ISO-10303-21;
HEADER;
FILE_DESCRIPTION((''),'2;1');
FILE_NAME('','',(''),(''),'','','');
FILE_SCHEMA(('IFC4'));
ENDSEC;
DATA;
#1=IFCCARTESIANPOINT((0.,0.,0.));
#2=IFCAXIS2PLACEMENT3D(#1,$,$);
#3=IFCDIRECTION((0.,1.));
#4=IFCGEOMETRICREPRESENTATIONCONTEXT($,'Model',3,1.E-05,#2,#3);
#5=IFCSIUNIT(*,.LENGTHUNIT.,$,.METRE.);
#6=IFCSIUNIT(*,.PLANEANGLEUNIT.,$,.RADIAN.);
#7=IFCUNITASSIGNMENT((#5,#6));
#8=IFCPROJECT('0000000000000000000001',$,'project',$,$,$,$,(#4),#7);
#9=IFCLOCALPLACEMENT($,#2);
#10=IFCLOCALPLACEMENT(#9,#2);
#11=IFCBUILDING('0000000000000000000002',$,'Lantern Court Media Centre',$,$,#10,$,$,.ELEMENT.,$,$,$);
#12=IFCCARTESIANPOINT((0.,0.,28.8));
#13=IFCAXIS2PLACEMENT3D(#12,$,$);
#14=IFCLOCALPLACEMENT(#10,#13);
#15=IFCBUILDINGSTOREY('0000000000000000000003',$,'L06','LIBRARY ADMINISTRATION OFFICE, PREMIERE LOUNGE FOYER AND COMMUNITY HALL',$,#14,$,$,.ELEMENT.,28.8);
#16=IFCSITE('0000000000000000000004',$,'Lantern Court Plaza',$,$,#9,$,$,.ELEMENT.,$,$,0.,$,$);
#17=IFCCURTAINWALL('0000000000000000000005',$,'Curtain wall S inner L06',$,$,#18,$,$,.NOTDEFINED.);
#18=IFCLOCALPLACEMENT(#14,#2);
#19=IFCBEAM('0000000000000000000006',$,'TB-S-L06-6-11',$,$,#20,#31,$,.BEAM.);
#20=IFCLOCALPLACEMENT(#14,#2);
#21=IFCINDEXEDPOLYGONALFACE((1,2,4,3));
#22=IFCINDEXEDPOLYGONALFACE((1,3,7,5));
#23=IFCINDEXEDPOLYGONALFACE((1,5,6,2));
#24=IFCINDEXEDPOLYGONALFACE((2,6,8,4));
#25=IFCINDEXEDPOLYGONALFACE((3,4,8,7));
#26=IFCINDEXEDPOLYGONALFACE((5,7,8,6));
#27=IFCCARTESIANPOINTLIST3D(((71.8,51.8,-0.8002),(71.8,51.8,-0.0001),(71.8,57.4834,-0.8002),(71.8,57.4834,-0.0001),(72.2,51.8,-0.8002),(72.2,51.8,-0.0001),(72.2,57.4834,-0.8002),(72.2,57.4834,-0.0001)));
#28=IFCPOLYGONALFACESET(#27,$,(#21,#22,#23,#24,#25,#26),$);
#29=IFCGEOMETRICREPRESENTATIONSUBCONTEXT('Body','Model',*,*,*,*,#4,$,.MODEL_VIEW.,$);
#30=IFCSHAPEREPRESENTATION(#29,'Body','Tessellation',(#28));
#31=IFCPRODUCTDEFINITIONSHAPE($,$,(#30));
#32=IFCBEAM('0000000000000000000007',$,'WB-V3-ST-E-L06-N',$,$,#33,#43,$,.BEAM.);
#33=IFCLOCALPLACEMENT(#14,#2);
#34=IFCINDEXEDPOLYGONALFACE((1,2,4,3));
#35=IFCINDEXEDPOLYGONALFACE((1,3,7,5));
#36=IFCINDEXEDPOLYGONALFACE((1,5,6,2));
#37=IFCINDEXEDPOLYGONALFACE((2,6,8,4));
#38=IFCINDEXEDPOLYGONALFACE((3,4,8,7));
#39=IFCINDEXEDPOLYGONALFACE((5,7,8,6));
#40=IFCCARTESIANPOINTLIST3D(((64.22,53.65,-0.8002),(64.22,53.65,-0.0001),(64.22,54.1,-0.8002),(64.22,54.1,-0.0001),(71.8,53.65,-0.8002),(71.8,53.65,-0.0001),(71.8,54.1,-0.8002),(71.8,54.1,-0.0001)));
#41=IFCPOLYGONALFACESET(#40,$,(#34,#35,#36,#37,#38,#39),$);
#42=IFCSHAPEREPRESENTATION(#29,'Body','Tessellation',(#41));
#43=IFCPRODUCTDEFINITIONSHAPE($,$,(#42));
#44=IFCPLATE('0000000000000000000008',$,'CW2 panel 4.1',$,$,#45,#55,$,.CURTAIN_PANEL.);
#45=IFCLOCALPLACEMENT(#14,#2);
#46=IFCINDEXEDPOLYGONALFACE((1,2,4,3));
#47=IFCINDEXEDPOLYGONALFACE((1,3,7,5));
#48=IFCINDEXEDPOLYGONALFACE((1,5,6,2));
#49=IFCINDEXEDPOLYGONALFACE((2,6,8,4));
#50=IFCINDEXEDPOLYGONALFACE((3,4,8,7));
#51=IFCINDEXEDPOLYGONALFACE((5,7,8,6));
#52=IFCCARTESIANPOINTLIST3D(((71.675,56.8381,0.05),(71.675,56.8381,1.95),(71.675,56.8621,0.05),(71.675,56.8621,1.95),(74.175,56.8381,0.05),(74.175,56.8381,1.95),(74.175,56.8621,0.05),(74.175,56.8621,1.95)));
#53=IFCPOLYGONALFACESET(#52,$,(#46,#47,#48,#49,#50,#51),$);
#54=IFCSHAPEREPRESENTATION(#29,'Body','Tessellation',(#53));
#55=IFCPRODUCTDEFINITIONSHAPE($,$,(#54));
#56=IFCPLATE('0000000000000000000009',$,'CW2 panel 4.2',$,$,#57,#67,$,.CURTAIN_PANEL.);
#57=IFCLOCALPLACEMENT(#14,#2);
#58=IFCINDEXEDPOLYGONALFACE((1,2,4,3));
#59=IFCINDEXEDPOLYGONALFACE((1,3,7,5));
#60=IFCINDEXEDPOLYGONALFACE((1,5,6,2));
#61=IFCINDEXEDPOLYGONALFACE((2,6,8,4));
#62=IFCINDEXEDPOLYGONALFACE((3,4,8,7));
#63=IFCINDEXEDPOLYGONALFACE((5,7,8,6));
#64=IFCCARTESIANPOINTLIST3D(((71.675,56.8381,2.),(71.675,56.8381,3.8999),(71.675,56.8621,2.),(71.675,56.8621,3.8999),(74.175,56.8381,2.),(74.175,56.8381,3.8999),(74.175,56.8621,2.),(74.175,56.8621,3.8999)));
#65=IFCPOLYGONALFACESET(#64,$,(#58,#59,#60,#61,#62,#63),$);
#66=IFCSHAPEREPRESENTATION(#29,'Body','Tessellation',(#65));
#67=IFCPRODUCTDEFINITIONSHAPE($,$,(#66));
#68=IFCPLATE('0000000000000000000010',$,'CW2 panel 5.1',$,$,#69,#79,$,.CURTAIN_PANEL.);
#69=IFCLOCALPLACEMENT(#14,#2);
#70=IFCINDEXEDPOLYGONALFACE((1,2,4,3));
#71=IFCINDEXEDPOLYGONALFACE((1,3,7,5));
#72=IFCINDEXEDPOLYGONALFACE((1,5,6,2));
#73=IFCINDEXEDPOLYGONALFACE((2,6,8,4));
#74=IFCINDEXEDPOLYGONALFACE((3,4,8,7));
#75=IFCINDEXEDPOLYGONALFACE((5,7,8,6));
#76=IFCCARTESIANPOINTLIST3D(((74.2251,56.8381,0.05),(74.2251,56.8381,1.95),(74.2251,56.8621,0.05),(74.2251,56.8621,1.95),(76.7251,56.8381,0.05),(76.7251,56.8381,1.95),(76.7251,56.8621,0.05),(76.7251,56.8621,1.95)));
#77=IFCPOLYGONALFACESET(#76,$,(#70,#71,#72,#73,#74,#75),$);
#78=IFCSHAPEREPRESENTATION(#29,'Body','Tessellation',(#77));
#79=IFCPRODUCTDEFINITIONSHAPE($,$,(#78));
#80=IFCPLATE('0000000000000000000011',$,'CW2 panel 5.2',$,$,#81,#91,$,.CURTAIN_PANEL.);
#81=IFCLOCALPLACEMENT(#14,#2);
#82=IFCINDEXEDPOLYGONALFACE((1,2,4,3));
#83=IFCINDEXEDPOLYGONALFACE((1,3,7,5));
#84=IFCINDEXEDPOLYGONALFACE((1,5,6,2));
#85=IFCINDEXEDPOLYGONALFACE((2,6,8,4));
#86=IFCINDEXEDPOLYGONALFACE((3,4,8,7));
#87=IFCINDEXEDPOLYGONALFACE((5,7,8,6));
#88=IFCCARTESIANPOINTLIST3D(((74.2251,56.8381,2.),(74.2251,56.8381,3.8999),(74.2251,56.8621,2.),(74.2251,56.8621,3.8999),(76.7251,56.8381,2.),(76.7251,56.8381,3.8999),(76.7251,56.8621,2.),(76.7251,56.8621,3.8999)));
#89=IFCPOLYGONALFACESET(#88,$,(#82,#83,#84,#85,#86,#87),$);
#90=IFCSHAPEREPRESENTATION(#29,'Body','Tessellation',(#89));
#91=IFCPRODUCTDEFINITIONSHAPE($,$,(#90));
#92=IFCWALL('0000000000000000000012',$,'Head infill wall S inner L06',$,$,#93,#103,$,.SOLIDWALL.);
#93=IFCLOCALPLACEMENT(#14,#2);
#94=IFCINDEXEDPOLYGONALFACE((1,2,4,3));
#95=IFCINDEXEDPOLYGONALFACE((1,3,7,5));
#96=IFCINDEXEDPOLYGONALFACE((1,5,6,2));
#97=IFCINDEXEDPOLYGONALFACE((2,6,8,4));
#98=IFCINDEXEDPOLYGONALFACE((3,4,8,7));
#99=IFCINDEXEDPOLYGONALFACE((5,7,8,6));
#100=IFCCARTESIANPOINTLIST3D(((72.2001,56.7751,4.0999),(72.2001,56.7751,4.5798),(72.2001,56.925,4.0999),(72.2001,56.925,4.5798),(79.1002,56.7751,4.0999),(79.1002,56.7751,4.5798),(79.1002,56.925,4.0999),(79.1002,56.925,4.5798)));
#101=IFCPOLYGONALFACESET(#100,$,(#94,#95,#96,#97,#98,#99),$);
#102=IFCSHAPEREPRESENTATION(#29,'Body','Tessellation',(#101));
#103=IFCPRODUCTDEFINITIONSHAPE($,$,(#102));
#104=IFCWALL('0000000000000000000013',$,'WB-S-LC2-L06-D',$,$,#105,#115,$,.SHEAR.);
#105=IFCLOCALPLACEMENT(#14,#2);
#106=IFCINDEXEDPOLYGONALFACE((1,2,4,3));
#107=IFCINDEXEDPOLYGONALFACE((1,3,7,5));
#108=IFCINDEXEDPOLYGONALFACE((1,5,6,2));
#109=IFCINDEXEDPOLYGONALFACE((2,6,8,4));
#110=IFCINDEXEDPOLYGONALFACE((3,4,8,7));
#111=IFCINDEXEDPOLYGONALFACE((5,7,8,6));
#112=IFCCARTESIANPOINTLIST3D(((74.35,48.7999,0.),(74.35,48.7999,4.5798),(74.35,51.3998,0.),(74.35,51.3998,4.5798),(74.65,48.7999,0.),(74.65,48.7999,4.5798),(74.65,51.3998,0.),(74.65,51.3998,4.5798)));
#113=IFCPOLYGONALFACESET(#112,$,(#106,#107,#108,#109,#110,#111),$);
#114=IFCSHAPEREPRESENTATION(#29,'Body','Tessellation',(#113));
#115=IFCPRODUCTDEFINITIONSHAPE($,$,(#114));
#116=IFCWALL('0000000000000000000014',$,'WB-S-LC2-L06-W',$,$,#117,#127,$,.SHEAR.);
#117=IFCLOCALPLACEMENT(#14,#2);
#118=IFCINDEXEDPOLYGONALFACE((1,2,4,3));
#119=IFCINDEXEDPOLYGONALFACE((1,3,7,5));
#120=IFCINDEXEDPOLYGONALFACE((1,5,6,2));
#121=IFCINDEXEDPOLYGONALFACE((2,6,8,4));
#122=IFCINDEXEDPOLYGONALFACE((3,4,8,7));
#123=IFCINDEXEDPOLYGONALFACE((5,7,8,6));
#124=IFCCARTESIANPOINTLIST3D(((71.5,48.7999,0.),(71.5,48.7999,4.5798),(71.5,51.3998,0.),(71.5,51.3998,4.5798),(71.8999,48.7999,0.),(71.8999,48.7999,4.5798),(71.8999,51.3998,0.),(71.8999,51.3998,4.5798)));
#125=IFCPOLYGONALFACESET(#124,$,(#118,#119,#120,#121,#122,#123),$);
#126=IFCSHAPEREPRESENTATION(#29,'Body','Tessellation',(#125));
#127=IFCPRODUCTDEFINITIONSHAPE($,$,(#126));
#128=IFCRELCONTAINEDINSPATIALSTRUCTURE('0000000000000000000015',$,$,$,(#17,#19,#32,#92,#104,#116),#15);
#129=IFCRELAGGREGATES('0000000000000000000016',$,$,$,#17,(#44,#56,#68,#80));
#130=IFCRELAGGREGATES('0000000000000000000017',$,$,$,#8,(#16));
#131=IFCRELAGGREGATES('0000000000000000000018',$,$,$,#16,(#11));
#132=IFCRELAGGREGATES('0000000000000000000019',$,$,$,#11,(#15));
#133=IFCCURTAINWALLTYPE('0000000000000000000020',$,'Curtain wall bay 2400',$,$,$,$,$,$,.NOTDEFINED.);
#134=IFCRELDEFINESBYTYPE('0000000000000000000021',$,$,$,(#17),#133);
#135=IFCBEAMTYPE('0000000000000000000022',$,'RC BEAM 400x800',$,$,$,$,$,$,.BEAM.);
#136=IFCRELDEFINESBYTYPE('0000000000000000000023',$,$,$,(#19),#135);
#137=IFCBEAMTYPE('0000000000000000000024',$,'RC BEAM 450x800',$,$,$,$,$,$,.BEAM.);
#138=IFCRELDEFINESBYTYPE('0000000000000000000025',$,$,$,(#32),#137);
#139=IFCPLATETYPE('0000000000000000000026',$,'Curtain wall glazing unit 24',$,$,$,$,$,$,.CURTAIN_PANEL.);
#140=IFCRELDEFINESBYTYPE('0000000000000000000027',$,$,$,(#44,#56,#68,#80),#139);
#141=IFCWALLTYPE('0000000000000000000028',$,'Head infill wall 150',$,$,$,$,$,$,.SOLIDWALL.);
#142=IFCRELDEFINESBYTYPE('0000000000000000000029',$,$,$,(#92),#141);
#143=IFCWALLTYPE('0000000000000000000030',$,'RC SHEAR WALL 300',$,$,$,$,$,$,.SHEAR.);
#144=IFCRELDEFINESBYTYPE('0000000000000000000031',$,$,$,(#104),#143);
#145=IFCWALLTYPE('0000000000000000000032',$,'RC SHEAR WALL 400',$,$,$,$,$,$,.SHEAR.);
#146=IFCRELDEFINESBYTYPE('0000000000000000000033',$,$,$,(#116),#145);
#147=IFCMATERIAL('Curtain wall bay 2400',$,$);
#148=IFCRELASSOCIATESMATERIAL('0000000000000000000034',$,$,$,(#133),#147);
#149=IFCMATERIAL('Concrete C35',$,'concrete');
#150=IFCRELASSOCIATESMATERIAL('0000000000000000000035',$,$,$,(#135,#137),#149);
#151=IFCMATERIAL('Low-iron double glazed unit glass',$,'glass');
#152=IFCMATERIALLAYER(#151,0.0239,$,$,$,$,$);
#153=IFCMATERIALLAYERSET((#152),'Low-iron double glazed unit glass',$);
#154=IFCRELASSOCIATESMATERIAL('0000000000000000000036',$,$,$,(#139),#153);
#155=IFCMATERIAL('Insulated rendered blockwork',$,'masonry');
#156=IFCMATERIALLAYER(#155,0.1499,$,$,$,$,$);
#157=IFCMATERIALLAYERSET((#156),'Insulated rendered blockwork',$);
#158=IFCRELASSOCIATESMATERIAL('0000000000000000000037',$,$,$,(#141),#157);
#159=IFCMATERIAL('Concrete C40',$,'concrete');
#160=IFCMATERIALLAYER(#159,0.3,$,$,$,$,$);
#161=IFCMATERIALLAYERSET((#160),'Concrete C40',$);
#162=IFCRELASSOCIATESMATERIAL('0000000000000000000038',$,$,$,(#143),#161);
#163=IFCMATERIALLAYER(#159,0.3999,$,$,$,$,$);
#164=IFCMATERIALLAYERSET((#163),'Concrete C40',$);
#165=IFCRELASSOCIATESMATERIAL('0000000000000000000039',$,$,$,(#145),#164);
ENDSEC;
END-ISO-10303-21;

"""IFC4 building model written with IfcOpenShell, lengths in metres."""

from ifc_helpers import new_model, si_unit, direction, frame, frame_2d, origin, origin_2d, place, context, subcontext, project, spatial, rectangle, extrude, material, layer, layer_set, material_profile, profile_set, type_object, element, aggregate, save


model = new_model("IFC4")

# Units and contexts
model_context = context("Model", 3, precision=1e-05, world=origin(), true_north=direction((0.0, 1.0)))
body_context = subcontext(model_context, "Body", "Model", "MODEL_VIEW")
ifc_project = project(units=[si_unit("LENGTHUNIT", "METRE"), si_unit("PLANEANGLEUNIT", "RADIAN")], contexts=[model_context])

# Site, building, storey
site_placement = place(None, origin())
site = spatial("IfcSite", under=ifc_project, at=site_placement, Name="Lantern Court Plaza", CompositionType="ELEMENT", RefElevation=0.0)
building_placement = place(site_placement, origin())
building = spatial("IfcBuilding", under=site, at=building_placement, Name="Lantern Court Media Centre", CompositionType="ELEMENT")
storey_placement = place(building_placement, frame((0.0, 0.0, 28.8)))
storey = spatial("IfcBuildingStorey", under=building, at=storey_placement, Name="L06", Description="LIBRARY ADMINISTRATION OFFICE, PREMIERE LOUNGE FOYER AND COMMUNITY HALL", CompositionType="ELEMENT", Elevation=28.8)

# Curtain wall
ifc_material_1 = material(Name="Curtain wall bay 2400")
curtain_wall_type = type_object("IfcCurtainWallType", Name="Curtain wall bay 2400", PredefinedType="NOTDEFINED", material=ifc_material_1)
curtain_wall_placement = place(storey_placement, origin())
curtain_wall = element("IfcCurtainWall", 1, at=curtain_wall_placement, inside=storey, type_object=curtain_wall_type, Name="Curtain wall S inner L06", PredefinedType="NOTDEFINED")

# Beams
ifc_material_2 = material(Name="Concrete C35", Category="concrete")
ifc_material_profile_1 = material_profile(ifc_material_2, rectangle(XDim=0.3999, YDim=0.8, at=origin_2d()), Name="RC 400x800")
ifc_profile_set_1 = profile_set([ifc_material_profile_1], Name="Concrete C35")
beam_type_1 = type_object("IfcBeamType", Name="RC BEAM 400x800", PredefinedType="BEAM", material=ifc_profile_set_1)
beam_1_placement = place(storey_placement, frame((72.0, 51.8, -0.4001), z_axis=(0.0, 1.0, 0.0), x_axis=(-1.0, 0.0, 0.0)))
element("IfcBeam", 2, at=beam_1_placement, inside=storey, type_object=beam_type_1, Name="TB-S-L06-6-11", PredefinedType="BEAM", context=body_context, shape_type="SweptSolid", body=[
    extrude(rectangle(XDim=0.3999, YDim=0.8, at=origin_2d()), origin(), (0.0, 0.0, 1.0), 5.6833),
])
ifc_material_profile_2 = material_profile(ifc_material_2, rectangle(XDim=0.45, YDim=0.8, at=origin_2d()), Name="RC 450x800")
ifc_profile_set_2 = profile_set([ifc_material_profile_2], Name="Concrete C35")
beam_type_2 = type_object("IfcBeamType", Name="RC BEAM 450x800", PredefinedType="BEAM", material=ifc_profile_set_2)
beam_2_placement = place(storey_placement, frame((71.8, 53.875, -0.4001), z_axis=(-1.0, 0.0, 0.0), x_axis=(0.0, -1.0, 0.0)))
element("IfcBeam", 3, at=beam_2_placement, inside=storey, type_object=beam_type_2, Name="WB-V3-ST-E-L06-N", PredefinedType="BEAM", context=body_context, shape_type="SweptSolid", body=[
    extrude(rectangle(XDim=0.45, YDim=0.8, at=origin_2d()), origin(), (0.0, 0.0, 1.0), 7.5801),
])

# Plates
ifc_material_3 = material(Name="Low-iron double glazed unit glass", Category="glass")
ifc_layer_1 = layer(ifc_material_3, 0.0239)
ifc_layer_set_1 = layer_set([ifc_layer_1], Name="Low-iron double glazed unit glass")
plate_type = type_object("IfcPlateType", Name="Curtain wall glazing unit 24", PredefinedType="CURTAIN_PANEL", material=ifc_layer_set_1)
plate_1_placement = place(storey_placement, frame((72.925, 56.8501, 0.05), z_axis=(0.0, 0.0, 1.0), x_axis=(1.0, 0.0, 0.0)))
plate_1 = element("IfcPlate", 4, at=plate_1_placement, type_object=plate_type, Name="CW2 panel 4.1", PredefinedType="CURTAIN_PANEL", context=body_context, shape_type="SweptSolid", body=[
    extrude(rectangle(XDim=2.5, YDim=0.0239, at=origin_2d()), origin(), (0.0, 0.0, 1.0), 1.8999),
])
plate_2_placement = place(storey_placement, frame((72.925, 56.8501, 2.0), z_axis=(0.0, 0.0, 1.0), x_axis=(1.0, 0.0, 0.0)))
plate_2 = element("IfcPlate", 5, at=plate_2_placement, type_object=plate_type, Name="CW2 panel 4.2", PredefinedType="CURTAIN_PANEL", context=body_context, shape_type="SweptSolid", body=[
    extrude(rectangle(XDim=2.5, YDim=0.0239, at=origin_2d()), origin(), (0.0, 0.0, 1.0), 1.8999),
])
plate_3_placement = place(storey_placement, frame((75.4751, 56.8501, 0.05), z_axis=(0.0, 0.0, 1.0), x_axis=(1.0, 0.0, 0.0)))
plate_3 = element("IfcPlate", 6, at=plate_3_placement, type_object=plate_type, Name="CW2 panel 5.1", PredefinedType="CURTAIN_PANEL", context=body_context, shape_type="SweptSolid", body=[
    extrude(rectangle(XDim=2.5, YDim=0.0239, at=origin_2d()), origin(), (0.0, 0.0, 1.0), 1.8999),
])
plate_4_placement = place(storey_placement, frame((75.4751, 56.8501, 2.0), z_axis=(0.0, 0.0, 1.0), x_axis=(1.0, 0.0, 0.0)))
plate_4 = element("IfcPlate", 7, at=plate_4_placement, type_object=plate_type, Name="CW2 panel 5.2", PredefinedType="CURTAIN_PANEL", context=body_context, shape_type="SweptSolid", body=[
    extrude(rectangle(XDim=2.5, YDim=0.0239, at=origin_2d()), origin(), (0.0, 0.0, 1.0), 1.8999),
])
aggregate(curtain_wall, [plate_1, plate_2, plate_3, plate_4])

# Walls
ifc_material_4 = material(Name="Insulated rendered blockwork", Category="masonry")
ifc_layer_2 = layer(ifc_material_4, 0.1499)
ifc_layer_set_2 = layer_set([ifc_layer_2], Name="Insulated rendered blockwork")
wall_type_1 = type_object("IfcWallType", Name="Head infill wall 150", PredefinedType="SOLIDWALL", material=ifc_layer_set_2)
wall_1_placement = place(storey_placement, frame((72.2, 56.8501, 4.0999), z_axis=(0.0, 0.0, 1.0), x_axis=(1.0, 0.0, 0.0)))
element("IfcWall", 8, at=wall_1_placement, inside=storey, type_object=wall_type_1, Name="Head infill wall S inner L06", PredefinedType="SOLIDWALL", context=body_context, shape_type="SweptSolid", body=[
    extrude(rectangle(XDim=6.9001, YDim=0.1499, at=frame_2d((3.4502, 0.0))), origin(), (0.0, 0.0, 1.0), 0.48),
])
ifc_material_5 = material(Name="Concrete C40", Category="concrete")
ifc_layer_3 = layer(ifc_material_5, 0.3)
ifc_layer_set_3 = layer_set([ifc_layer_3], Name="Concrete C40")
wall_type_2 = type_object("IfcWallType", Name="RC SHEAR WALL 300", PredefinedType="SHEAR", material=ifc_layer_set_3)
wall_2_placement = place(storey_placement, frame((74.5, 48.8, 0.0), z_axis=(0.0, 0.0, 1.0), x_axis=(0.0, 1.0, 0.0)))
element("IfcWall", 9, at=wall_2_placement, inside=storey, type_object=wall_type_2, Name="WB-S-LC2-L06-D", PredefinedType="SHEAR", context=body_context, shape_type="SweptSolid", body=[
    extrude(rectangle(XDim=2.5999, YDim=0.3, at=frame_2d((1.2998, 0.0))), origin(), (0.0, 0.0, 1.0), 4.5798),
])
ifc_layer_4 = layer(ifc_material_5, 0.3999)
ifc_layer_set_4 = layer_set([ifc_layer_4], Name="Concrete C40")
wall_type_3 = type_object("IfcWallType", Name="RC SHEAR WALL 400", PredefinedType="SHEAR", material=ifc_layer_set_4)
wall_3_placement = place(storey_placement, frame((71.7, 48.8, 0.0), z_axis=(0.0, 0.0, 1.0), x_axis=(0.0, 1.0, 0.0)))
element("IfcWall", 10, at=wall_3_placement, inside=storey, type_object=wall_type_3, Name="WB-S-LC2-L06-W", PredefinedType="SHEAR", context=body_context, shape_type="SweptSolid", body=[
    extrude(rectangle(XDim=2.5999, YDim=0.3999, at=frame_2d((1.2998, 0.0))), origin(), (0.0, 0.0, 1.0), 4.5798),
])

save(model, "model.ifc")
